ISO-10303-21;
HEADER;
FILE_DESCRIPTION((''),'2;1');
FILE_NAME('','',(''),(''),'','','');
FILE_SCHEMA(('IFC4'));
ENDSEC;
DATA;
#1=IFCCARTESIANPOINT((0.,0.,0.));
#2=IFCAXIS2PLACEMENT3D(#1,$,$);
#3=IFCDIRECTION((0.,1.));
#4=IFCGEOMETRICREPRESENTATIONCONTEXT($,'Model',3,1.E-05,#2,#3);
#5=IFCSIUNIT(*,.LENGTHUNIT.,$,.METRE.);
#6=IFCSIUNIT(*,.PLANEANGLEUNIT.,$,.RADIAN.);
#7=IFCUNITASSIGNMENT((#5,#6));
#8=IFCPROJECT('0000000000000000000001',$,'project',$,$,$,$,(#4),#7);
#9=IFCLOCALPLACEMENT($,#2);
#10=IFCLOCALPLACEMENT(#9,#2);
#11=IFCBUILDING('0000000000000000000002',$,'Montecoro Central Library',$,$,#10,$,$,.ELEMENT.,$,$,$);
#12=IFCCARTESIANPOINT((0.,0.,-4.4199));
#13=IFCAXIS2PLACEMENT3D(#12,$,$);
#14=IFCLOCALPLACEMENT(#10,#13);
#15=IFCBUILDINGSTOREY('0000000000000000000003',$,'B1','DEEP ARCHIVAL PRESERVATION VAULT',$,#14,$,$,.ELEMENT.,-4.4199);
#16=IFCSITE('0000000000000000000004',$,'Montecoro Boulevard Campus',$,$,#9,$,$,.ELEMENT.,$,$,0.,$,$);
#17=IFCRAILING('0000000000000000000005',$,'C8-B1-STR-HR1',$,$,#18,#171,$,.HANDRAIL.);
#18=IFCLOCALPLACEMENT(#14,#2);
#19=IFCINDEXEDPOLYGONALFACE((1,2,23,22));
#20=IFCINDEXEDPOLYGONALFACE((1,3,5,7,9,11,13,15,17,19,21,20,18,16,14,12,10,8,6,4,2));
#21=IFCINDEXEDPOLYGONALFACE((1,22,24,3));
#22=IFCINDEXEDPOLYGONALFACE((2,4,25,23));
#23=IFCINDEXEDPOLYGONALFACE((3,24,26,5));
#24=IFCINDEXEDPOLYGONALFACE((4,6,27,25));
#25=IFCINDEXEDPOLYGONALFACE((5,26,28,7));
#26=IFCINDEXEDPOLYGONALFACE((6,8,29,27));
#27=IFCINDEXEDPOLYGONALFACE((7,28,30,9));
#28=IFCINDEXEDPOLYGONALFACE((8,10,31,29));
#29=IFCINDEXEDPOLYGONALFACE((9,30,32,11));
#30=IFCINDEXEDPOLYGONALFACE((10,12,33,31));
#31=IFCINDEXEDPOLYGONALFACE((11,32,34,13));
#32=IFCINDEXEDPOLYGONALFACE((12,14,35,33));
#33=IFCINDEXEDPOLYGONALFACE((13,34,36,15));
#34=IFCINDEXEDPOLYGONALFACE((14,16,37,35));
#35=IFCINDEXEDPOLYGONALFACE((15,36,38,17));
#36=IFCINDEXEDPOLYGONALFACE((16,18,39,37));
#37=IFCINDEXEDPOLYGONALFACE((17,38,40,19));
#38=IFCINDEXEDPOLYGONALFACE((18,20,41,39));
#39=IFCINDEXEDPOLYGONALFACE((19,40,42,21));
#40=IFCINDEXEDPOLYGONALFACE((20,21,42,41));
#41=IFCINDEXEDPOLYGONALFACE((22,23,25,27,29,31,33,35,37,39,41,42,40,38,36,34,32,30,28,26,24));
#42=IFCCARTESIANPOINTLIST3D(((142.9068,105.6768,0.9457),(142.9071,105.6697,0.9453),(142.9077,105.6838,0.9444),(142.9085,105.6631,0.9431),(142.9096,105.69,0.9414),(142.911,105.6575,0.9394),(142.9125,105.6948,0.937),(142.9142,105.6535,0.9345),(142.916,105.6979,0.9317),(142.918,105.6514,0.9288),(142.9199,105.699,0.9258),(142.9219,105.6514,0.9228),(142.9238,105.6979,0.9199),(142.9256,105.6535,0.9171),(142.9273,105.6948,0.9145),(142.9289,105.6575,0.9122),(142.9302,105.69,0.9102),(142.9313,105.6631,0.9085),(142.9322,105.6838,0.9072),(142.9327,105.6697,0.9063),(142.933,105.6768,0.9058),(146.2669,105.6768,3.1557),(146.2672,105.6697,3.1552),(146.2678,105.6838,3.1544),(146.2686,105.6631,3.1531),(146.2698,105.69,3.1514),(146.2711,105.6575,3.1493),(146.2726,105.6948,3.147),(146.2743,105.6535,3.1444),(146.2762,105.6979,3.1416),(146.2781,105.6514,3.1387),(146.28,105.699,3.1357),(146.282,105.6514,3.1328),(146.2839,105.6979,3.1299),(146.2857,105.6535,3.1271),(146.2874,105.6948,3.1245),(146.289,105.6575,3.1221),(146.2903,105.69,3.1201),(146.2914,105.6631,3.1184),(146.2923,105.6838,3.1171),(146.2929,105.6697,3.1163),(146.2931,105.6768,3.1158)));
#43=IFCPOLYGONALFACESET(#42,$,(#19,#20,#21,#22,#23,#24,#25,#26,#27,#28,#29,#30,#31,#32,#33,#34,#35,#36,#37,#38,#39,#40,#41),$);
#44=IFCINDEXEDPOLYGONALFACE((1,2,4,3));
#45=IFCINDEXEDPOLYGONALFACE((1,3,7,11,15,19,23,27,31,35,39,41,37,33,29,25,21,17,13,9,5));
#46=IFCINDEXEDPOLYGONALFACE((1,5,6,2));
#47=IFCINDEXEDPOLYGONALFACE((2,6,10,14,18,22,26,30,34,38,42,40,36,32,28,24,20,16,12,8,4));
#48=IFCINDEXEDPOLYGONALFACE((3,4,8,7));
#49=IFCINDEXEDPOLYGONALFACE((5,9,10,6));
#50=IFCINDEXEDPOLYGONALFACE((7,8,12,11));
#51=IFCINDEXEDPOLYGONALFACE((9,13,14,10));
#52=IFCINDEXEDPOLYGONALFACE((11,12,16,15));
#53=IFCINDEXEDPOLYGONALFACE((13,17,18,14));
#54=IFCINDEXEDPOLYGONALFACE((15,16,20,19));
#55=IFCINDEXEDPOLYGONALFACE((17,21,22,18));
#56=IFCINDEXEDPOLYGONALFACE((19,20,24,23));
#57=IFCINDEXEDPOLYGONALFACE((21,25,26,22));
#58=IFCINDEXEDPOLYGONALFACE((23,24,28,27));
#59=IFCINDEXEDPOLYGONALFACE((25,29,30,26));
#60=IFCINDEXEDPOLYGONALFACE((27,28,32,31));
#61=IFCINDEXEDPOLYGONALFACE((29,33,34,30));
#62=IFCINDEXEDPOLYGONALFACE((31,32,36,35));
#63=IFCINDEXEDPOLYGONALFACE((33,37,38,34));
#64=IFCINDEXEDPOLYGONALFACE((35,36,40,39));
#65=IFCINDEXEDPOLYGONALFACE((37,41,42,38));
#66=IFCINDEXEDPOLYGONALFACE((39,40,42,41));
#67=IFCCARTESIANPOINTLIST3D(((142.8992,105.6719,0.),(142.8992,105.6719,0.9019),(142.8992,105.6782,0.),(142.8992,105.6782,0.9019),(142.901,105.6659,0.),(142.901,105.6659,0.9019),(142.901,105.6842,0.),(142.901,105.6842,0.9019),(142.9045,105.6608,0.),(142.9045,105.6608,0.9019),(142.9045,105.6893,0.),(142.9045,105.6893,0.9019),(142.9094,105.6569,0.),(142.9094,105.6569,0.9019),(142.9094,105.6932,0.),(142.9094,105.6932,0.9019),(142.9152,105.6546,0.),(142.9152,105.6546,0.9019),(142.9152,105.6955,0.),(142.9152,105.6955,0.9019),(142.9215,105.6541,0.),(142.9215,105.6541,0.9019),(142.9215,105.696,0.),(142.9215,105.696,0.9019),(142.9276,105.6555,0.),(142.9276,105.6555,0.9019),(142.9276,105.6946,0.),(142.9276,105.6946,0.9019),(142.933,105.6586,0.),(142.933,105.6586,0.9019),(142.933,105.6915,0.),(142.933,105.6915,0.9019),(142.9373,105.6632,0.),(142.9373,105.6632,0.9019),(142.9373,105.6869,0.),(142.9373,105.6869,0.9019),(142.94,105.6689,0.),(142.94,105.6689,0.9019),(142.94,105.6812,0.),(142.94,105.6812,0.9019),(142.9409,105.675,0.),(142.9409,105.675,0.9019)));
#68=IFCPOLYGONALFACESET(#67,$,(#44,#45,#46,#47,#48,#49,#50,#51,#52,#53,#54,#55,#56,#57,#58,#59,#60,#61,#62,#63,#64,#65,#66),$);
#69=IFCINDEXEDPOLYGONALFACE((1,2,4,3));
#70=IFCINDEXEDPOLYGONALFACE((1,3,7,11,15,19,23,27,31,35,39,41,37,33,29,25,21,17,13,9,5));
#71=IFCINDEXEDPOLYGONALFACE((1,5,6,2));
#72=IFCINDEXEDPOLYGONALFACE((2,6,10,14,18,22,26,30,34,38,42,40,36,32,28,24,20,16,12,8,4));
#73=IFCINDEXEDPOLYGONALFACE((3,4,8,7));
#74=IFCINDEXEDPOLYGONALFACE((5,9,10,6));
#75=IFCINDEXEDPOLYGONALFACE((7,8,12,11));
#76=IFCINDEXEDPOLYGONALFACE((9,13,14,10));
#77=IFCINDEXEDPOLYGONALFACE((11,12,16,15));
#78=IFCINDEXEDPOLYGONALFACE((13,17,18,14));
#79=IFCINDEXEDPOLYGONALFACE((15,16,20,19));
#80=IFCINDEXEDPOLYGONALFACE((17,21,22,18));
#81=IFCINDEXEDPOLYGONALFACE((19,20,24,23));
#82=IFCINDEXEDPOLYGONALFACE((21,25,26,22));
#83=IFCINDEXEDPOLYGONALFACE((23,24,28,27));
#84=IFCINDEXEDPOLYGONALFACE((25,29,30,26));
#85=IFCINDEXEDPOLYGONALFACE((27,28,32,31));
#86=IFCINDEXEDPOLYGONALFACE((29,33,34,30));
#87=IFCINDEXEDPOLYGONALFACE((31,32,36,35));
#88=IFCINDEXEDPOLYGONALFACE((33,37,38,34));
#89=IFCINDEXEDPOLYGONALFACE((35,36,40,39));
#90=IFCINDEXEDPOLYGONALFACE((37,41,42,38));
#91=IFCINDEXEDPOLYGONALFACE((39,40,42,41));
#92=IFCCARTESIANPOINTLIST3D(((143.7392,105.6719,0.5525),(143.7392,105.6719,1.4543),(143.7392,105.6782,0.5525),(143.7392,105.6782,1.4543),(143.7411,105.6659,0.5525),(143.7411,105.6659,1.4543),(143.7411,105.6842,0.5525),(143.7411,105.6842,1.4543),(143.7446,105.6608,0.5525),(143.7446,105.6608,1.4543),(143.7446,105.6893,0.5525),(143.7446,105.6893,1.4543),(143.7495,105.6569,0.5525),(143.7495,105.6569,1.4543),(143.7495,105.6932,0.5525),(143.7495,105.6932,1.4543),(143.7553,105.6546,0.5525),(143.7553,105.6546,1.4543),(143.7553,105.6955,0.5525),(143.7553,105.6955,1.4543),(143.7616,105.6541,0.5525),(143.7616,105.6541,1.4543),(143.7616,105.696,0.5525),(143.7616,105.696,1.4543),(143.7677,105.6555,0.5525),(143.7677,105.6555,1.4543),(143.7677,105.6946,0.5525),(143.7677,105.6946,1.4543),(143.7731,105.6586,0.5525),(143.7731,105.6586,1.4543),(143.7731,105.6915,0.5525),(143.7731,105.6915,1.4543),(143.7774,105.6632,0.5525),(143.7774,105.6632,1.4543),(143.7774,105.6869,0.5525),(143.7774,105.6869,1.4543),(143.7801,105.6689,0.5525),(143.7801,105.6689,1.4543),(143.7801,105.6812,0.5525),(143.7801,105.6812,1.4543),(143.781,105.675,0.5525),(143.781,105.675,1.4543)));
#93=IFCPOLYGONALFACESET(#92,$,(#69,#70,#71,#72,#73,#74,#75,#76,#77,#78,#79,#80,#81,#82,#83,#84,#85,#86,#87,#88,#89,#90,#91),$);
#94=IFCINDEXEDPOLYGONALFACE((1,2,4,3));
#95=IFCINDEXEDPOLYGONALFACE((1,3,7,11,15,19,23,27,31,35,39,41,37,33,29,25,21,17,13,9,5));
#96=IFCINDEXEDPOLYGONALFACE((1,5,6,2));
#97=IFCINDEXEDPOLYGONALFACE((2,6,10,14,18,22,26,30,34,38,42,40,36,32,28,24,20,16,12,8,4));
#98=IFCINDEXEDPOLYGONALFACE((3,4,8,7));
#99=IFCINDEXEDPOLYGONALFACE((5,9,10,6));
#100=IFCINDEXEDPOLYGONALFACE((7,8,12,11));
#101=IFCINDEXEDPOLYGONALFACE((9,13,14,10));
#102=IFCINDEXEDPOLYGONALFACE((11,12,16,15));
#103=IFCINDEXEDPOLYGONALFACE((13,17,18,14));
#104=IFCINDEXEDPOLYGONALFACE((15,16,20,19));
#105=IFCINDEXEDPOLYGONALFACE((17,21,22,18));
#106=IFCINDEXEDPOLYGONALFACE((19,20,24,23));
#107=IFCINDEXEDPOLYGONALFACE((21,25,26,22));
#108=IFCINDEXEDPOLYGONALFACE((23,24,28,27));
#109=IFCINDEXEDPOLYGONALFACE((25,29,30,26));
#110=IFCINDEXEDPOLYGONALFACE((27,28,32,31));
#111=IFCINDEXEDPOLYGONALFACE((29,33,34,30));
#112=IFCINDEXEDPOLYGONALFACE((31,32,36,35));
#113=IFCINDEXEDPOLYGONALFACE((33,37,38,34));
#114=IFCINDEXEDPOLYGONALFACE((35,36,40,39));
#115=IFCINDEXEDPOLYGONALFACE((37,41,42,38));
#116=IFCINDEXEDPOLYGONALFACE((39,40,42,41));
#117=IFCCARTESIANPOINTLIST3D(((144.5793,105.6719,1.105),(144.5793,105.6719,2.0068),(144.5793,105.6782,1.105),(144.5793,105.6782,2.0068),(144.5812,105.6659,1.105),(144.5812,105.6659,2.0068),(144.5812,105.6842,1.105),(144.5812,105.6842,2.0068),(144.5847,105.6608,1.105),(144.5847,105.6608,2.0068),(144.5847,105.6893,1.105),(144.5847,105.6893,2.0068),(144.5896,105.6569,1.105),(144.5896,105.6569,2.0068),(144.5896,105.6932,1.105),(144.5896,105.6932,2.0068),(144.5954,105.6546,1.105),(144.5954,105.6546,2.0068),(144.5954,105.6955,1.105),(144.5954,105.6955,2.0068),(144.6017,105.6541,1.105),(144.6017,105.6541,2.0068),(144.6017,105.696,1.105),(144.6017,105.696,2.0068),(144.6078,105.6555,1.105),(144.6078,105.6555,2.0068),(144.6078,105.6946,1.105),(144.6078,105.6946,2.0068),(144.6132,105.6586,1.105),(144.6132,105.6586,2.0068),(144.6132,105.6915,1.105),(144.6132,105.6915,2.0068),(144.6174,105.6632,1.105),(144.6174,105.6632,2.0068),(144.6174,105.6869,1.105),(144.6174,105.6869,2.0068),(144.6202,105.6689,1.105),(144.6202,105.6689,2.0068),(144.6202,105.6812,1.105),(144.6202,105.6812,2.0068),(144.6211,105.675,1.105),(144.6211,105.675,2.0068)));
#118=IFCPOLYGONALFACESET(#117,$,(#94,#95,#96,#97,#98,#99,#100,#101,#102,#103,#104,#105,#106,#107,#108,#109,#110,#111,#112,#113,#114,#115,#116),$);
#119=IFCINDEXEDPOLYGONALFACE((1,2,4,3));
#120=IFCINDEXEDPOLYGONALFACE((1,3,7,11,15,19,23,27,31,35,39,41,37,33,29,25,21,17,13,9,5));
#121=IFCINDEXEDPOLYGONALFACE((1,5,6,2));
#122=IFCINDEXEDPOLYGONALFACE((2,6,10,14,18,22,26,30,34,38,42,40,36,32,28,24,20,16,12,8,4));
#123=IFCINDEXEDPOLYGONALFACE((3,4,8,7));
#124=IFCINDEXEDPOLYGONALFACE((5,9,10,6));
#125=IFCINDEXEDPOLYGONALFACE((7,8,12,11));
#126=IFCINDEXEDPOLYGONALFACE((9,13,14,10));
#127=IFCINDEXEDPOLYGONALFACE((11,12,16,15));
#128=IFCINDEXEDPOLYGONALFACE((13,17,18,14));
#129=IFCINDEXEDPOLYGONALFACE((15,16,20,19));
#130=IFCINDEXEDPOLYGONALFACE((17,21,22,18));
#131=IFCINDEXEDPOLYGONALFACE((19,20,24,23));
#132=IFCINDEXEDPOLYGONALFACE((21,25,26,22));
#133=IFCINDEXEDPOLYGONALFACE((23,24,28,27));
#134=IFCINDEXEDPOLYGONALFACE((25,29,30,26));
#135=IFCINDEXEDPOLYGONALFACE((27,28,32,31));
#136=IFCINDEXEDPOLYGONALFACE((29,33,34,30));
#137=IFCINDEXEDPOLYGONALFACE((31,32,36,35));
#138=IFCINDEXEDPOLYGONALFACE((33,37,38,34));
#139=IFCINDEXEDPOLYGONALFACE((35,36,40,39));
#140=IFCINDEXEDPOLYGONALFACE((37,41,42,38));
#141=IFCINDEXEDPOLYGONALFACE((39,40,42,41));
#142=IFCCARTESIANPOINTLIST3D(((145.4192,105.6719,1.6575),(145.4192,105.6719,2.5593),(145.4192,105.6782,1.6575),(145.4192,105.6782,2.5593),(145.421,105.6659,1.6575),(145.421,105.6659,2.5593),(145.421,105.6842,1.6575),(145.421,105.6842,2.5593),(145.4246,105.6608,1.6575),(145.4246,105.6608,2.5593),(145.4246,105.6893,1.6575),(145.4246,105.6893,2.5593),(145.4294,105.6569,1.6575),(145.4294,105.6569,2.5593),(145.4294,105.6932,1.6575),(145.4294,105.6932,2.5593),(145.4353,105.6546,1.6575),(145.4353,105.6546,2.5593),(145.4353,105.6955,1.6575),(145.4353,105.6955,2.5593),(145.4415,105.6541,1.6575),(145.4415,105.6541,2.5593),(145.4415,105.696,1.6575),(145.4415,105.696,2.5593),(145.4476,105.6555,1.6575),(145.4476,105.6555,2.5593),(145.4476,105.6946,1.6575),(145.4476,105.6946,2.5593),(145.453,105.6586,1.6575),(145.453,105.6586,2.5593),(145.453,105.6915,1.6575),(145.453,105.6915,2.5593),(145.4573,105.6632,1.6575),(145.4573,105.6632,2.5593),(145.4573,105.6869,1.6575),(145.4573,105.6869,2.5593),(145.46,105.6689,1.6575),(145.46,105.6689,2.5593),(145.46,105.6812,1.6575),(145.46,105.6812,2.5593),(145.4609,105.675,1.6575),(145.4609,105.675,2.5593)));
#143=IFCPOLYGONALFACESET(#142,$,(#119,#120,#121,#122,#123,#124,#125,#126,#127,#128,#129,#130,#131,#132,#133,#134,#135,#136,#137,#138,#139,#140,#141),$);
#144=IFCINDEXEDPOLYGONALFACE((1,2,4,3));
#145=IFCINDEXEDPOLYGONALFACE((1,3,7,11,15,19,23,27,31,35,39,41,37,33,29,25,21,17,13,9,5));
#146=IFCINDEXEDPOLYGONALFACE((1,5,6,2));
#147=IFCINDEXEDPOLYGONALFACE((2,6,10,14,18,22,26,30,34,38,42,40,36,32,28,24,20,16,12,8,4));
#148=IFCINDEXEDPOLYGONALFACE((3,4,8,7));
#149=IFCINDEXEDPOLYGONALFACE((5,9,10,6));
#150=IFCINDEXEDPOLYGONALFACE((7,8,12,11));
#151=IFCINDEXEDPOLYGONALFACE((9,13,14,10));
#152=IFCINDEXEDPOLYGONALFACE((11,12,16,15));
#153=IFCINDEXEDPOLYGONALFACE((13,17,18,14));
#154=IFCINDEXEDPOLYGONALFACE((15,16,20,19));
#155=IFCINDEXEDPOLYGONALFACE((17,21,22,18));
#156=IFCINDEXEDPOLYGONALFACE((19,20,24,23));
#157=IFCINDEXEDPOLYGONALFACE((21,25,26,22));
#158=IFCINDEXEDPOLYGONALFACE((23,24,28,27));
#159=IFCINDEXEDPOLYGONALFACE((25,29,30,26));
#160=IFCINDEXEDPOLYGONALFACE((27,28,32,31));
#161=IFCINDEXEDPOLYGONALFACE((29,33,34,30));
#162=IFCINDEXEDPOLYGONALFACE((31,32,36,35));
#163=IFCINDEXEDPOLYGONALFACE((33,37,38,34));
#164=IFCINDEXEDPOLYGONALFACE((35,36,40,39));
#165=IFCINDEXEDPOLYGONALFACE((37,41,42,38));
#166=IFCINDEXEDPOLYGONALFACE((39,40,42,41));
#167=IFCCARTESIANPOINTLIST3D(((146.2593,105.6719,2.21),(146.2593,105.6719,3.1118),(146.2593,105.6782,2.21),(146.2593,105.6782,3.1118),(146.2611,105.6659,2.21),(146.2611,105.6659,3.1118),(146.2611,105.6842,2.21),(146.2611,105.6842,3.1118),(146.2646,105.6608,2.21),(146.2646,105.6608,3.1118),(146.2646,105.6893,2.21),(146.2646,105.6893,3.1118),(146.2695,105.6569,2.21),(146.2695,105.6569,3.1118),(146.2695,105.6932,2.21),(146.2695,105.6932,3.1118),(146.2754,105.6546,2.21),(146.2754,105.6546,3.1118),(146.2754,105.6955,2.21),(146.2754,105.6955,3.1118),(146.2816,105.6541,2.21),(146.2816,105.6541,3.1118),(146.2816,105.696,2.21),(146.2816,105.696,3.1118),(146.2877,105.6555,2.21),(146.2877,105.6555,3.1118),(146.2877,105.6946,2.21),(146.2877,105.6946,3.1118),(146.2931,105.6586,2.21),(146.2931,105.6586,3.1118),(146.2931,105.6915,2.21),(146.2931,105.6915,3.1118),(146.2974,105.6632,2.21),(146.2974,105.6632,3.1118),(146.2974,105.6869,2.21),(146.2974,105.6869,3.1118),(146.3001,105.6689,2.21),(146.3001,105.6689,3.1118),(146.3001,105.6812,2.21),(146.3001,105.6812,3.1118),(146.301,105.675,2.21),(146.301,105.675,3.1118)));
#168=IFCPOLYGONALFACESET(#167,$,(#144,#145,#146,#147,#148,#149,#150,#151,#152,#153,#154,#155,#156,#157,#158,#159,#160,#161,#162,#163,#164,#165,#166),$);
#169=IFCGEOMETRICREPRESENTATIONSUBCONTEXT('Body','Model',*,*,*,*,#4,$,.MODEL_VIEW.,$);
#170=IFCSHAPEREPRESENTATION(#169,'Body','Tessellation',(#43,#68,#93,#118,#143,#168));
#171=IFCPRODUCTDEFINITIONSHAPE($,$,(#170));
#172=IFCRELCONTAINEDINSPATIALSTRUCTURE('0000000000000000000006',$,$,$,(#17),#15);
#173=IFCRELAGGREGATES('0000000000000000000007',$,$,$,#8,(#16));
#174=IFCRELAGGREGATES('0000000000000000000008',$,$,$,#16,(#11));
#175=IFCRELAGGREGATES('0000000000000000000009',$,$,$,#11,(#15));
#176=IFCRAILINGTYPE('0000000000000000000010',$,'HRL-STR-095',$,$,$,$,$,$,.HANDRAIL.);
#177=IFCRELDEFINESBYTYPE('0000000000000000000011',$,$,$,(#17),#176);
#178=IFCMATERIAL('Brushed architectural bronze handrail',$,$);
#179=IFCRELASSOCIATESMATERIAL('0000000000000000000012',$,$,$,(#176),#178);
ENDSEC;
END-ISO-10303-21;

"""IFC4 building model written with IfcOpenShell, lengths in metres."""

from ifc_helpers import new_model, si_unit, direction, frame, origin, origin_2d, place, context, subcontext, project, spatial, circle, extrude, material, type_object, element, save


model = new_model("IFC4")

# Units and contexts
model_context = context("Model", 3, precision=1e-05, world=origin(), true_north=direction((0.0, 1.0)))
body_context = subcontext(model_context, "Body", "Model", "MODEL_VIEW")
ifc_project = project(units=[si_unit("LENGTHUNIT", "METRE"), si_unit("PLANEANGLEUNIT", "RADIAN")], contexts=[model_context])

# Site, building, storey
site_placement = place(None, origin())
site = spatial("IfcSite", under=ifc_project, at=site_placement, Name="Montecoro Boulevard Campus", CompositionType="ELEMENT", RefElevation=0.0)
building_placement = place(site_placement, origin())
building = spatial("IfcBuilding", under=site, at=building_placement, Name="Montecoro Central Library", CompositionType="ELEMENT")
storey_placement = place(building_placement, frame((0.0, 0.0, -4.4199)))
storey = spatial("IfcBuildingStorey", under=building, at=storey_placement, Name="B1", Description="DEEP ARCHIVAL PRESERVATION VAULT", CompositionType="ELEMENT", Elevation=-4.4199)

# Railing
ifc_material_1 = material(Name="Brushed architectural bronze handrail")
railing_type_1 = type_object("IfcRailingType", Name="HRL-STR-095", PredefinedType="HANDRAIL", material=ifc_material_1)
railing_1_placement = place(storey_placement, frame((142.9199, 105.675, 0.0)))
element("IfcRailing", 1, at=railing_1_placement, inside=storey, type_object=railing_type_1, Name="C8-B1-STR-HR1", PredefinedType="HANDRAIL", context=body_context, shape_type="SweptSolid", body=[
    extrude(circle(Radius=0.0239, at=origin_2d()), frame((0.0, 0.0, 0.9258), z_axis=(0.83549, 0.0, 0.549506), x_axis=(0.0, 1.0, 0.0)), (0.0, 0.0, 1.0), 4.0217),
    extrude(circle(Radius=0.021, at=origin_2d()), origin(), (0.0, 0.0, 1.0), 0.9019),
    extrude(circle(Radius=0.021, at=origin_2d()), frame((0.8401, 0.0, 0.5525)), (0.0, 0.0, 1.0), 0.9019),
    extrude(circle(Radius=0.021, at=origin_2d()), frame((1.6802, 0.0, 1.105)), (0.0, 0.0, 1.0), 0.9019),
    extrude(circle(Radius=0.021, at=origin_2d()), frame((2.52, 0.0, 1.6575)), (0.0, 0.0, 1.0), 0.9019),
    extrude(circle(Radius=0.021, at=origin_2d()), frame((3.3601, 0.0, 2.21)), (0.0, 0.0, 1.0), 0.9019),
])

save(model, "model.ifc")
